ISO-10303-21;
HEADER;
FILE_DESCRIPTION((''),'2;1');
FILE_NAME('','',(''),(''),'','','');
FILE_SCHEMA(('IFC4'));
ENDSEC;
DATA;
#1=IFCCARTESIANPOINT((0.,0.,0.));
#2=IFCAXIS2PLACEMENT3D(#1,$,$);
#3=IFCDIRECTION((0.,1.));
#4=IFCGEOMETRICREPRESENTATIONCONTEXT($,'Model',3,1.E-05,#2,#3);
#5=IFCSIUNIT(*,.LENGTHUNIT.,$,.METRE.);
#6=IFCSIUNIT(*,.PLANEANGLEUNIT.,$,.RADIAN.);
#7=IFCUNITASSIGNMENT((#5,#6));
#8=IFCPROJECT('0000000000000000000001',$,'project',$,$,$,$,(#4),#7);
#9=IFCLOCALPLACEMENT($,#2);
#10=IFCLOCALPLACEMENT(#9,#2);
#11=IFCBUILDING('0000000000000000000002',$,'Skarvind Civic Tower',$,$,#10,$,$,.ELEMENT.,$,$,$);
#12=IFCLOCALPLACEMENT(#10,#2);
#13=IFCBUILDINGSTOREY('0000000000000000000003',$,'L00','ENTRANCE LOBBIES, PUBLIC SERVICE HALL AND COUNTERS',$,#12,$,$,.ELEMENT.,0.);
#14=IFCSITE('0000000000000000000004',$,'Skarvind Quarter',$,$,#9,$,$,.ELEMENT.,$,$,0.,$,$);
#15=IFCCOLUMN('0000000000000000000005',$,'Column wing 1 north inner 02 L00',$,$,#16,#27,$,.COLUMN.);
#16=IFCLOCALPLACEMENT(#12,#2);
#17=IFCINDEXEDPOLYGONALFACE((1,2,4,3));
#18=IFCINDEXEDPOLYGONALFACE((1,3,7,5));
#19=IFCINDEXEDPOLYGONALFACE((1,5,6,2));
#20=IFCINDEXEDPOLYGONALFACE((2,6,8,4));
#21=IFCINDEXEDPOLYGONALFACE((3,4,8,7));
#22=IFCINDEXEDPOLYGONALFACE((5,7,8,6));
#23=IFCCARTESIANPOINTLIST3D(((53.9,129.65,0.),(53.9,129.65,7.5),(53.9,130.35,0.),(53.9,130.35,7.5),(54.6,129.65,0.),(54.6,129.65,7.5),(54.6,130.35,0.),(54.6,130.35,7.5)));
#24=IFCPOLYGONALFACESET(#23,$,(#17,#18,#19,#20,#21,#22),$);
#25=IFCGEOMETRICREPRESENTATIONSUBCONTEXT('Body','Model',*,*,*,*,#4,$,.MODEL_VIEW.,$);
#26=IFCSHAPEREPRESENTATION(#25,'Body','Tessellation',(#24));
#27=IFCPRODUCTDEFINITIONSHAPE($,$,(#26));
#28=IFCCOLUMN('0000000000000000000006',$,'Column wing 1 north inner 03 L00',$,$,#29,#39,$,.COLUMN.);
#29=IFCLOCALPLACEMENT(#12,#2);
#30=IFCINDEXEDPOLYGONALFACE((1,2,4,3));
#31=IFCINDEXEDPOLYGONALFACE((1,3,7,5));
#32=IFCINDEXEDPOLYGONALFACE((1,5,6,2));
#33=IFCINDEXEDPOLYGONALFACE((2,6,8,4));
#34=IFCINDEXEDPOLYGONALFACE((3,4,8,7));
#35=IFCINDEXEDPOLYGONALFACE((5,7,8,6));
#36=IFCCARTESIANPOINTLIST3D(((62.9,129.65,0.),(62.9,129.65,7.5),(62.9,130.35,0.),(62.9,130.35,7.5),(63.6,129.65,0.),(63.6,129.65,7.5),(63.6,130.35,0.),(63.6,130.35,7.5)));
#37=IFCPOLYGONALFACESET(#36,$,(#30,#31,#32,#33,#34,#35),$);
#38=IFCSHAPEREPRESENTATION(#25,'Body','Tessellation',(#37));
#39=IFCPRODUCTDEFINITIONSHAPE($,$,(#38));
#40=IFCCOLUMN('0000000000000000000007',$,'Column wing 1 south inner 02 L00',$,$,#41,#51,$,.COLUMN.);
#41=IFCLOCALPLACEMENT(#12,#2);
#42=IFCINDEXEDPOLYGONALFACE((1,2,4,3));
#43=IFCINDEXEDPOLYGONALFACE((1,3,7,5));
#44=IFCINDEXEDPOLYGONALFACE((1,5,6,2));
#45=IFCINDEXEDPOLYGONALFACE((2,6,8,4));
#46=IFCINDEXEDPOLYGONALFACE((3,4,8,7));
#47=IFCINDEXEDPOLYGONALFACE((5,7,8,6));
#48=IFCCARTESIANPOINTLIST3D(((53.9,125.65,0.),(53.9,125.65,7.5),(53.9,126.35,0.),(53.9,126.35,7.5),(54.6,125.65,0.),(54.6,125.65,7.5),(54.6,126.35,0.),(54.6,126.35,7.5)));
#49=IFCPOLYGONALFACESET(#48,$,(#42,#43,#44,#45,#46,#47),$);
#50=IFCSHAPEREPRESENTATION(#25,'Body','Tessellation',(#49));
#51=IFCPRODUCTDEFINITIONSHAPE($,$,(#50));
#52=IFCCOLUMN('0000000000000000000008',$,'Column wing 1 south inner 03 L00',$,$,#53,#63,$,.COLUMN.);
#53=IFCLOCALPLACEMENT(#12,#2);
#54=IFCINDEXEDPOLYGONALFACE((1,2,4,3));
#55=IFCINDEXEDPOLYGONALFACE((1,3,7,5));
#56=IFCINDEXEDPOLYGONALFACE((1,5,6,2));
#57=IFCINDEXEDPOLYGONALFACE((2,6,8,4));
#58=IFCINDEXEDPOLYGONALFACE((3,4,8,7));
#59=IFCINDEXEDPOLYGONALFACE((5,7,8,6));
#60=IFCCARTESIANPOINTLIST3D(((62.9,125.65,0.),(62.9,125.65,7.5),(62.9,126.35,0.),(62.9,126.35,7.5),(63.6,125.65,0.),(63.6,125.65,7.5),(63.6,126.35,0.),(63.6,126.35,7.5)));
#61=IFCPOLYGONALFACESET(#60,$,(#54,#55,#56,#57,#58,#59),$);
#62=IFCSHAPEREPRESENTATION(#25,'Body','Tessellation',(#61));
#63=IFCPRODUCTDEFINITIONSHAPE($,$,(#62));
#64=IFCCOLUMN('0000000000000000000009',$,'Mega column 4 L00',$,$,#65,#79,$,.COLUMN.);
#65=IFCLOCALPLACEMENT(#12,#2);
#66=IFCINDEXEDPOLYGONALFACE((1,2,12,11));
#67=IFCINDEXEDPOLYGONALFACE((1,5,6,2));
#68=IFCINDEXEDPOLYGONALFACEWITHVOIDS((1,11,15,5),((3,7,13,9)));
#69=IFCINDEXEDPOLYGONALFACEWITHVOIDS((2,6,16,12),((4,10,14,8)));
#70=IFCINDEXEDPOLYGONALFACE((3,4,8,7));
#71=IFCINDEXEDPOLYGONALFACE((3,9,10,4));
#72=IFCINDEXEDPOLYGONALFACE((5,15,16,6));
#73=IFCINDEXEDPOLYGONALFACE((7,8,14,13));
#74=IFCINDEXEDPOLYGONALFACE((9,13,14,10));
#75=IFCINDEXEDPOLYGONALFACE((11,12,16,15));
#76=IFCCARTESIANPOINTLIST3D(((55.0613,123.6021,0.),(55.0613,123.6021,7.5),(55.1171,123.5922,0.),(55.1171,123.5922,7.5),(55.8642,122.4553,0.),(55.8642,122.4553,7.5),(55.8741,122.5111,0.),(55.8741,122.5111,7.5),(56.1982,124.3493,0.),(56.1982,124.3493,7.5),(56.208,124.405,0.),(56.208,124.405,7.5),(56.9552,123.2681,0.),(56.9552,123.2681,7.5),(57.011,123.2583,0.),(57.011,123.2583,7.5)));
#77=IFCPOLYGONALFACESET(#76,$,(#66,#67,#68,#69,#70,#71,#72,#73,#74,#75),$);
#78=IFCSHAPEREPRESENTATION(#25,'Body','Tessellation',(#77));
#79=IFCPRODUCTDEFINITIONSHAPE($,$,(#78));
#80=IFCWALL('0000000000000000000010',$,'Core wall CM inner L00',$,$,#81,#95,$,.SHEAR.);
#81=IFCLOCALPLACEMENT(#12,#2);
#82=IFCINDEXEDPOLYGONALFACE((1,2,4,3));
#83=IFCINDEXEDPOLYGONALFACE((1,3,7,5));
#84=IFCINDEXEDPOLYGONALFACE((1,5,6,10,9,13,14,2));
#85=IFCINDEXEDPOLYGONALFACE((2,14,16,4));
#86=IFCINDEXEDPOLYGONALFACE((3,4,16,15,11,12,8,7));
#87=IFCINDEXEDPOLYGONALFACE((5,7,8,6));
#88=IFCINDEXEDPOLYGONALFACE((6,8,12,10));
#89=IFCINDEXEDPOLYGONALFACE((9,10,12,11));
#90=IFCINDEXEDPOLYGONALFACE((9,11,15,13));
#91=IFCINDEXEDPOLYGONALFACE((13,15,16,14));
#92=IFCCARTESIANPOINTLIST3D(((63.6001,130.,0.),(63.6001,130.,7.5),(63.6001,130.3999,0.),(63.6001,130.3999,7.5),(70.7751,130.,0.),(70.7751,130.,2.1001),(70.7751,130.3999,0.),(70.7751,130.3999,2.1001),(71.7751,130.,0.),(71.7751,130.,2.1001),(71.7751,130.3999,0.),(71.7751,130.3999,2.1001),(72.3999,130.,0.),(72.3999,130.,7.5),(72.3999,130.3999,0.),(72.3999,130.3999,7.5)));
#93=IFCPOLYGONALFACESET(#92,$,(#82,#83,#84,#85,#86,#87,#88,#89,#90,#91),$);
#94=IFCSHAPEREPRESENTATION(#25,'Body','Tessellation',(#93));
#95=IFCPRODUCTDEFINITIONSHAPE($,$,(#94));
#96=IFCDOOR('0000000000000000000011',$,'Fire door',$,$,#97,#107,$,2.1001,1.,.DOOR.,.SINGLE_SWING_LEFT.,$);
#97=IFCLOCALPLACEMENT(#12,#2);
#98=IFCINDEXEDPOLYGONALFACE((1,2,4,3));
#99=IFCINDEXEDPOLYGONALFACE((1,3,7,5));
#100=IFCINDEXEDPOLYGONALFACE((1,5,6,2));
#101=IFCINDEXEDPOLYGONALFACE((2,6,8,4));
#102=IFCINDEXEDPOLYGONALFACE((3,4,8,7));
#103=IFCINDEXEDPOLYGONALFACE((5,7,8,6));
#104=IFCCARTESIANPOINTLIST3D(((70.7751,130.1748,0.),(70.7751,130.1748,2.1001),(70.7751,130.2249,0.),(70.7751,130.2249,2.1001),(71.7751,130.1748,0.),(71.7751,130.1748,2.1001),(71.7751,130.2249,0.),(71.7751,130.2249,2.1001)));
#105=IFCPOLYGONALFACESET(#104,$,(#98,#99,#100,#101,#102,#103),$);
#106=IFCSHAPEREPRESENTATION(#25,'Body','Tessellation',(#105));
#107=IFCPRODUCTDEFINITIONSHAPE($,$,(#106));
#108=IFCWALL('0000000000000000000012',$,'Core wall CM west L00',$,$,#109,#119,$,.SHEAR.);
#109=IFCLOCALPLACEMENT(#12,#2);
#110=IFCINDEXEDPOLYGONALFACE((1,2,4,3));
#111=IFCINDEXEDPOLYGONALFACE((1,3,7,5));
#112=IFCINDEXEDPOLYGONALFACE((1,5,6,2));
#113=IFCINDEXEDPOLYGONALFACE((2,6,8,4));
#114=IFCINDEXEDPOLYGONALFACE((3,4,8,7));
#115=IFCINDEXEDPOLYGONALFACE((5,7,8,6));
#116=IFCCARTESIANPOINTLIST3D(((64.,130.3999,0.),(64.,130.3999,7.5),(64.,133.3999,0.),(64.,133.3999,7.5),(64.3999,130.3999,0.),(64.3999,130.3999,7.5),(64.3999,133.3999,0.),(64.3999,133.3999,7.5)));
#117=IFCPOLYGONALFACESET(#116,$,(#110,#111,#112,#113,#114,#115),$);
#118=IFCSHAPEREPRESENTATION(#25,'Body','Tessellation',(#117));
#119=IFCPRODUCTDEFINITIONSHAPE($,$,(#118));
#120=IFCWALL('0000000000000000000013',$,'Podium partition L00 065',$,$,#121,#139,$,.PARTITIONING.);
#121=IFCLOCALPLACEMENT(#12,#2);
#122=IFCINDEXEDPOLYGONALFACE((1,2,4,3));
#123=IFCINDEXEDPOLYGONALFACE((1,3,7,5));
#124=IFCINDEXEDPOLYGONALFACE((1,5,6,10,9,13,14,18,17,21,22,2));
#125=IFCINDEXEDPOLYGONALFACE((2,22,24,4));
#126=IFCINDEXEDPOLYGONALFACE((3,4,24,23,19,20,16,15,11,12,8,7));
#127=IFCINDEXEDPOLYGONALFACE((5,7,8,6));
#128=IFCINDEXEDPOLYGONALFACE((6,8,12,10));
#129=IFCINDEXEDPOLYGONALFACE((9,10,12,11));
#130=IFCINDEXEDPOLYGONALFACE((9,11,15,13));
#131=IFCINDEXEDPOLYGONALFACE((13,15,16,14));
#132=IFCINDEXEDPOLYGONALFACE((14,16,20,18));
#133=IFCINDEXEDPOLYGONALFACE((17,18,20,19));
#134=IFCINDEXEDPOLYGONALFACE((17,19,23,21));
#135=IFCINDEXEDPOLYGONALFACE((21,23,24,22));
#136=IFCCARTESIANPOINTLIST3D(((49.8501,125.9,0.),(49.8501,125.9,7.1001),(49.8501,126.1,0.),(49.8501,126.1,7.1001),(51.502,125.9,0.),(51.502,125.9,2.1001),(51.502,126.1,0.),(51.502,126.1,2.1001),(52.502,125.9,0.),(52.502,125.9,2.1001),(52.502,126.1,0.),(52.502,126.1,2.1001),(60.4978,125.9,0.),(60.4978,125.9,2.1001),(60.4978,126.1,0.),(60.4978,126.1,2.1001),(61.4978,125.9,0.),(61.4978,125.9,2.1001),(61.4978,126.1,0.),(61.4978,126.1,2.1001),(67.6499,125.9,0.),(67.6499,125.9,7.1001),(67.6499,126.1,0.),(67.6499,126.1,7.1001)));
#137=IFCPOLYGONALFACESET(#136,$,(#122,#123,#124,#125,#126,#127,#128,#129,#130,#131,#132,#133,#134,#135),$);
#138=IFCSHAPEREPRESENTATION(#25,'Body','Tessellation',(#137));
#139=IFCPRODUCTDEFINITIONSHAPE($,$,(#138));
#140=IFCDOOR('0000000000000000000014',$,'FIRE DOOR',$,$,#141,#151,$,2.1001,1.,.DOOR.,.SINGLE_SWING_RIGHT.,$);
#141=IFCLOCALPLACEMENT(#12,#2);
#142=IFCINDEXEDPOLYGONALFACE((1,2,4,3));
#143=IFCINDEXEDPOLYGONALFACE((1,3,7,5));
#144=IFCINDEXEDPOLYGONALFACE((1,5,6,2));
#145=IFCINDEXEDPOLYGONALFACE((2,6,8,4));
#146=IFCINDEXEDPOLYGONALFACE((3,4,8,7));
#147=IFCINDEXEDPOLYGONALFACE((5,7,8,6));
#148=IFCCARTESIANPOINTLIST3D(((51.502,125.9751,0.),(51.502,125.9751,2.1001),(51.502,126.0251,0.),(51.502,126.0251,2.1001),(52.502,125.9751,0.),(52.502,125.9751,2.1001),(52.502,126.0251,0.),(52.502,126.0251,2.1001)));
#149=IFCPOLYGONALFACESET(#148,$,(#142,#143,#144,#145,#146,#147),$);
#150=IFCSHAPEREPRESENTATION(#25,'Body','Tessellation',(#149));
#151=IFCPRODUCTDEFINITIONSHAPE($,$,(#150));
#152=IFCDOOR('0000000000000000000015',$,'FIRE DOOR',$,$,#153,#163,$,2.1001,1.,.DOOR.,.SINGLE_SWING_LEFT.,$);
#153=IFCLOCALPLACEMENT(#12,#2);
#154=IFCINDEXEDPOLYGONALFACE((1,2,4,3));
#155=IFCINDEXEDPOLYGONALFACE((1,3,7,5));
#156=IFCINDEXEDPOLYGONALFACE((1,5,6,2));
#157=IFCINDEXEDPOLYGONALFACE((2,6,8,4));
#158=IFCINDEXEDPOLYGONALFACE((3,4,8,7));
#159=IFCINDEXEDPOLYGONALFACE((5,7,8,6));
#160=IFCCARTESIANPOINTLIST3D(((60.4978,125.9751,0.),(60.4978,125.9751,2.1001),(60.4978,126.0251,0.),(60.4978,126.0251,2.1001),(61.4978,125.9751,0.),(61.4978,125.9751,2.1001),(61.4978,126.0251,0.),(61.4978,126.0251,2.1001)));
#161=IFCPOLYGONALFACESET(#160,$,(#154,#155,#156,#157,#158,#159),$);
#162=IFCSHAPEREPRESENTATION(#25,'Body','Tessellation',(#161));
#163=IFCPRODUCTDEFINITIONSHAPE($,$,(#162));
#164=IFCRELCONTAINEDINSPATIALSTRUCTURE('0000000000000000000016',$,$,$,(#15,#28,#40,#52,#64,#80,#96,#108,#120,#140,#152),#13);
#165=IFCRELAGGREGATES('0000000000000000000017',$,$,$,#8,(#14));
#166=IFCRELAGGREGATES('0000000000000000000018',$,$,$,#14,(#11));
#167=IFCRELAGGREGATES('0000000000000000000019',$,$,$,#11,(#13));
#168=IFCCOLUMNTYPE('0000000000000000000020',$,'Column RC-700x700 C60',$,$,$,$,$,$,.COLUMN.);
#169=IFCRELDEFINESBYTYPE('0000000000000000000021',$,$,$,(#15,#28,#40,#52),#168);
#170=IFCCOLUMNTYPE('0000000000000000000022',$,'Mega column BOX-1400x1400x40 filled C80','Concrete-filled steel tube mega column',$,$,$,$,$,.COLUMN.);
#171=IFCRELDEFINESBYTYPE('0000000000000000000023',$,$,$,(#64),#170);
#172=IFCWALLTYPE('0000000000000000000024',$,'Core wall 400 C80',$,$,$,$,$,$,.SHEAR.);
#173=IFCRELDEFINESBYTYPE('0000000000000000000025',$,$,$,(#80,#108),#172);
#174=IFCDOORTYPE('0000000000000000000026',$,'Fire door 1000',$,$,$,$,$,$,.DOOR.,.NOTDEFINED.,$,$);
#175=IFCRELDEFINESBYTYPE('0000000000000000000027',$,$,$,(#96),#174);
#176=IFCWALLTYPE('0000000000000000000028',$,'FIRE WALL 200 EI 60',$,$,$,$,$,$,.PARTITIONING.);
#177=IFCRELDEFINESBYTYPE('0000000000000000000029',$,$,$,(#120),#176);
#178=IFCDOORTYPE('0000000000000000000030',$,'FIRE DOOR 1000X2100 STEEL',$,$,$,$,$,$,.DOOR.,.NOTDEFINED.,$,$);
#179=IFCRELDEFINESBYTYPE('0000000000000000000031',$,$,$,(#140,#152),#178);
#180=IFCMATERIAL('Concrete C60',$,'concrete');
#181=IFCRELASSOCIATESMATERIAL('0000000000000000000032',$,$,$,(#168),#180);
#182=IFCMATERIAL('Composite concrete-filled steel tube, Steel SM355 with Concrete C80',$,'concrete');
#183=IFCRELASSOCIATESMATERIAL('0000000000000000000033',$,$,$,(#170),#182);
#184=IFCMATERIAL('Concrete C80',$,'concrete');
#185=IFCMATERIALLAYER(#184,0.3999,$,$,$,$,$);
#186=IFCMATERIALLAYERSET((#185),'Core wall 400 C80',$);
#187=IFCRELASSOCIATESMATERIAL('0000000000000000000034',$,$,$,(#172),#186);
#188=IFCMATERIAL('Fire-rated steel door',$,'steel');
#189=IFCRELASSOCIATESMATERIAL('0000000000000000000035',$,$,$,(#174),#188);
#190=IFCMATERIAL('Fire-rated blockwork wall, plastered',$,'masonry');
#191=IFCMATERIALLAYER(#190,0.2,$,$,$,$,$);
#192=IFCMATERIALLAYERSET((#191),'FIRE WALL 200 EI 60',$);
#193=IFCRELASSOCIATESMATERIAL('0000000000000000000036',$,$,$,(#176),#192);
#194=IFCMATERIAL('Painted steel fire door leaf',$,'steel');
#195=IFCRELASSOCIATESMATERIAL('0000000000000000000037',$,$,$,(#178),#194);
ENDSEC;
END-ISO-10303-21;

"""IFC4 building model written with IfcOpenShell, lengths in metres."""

from ifc_helpers import new_model, si_unit, direction, frame, frame_2d, origin, origin_2d, place, context, subcontext, project, spatial, rectangle, hollow_rectangle, extrude, material, layer, layer_set, material_profile, profile_set, type_object, element, fill, save


model = new_model("IFC4")

# Units and contexts
model_context = context("Model", 3, precision=1e-05, world=origin(), true_north=direction((0.0, 1.0)))
body_context = subcontext(model_context, "Body", "Model", "MODEL_VIEW")
ifc_project = project(units=[si_unit("LENGTHUNIT", "METRE"), si_unit("PLANEANGLEUNIT", "RADIAN")], contexts=[model_context])

# Site, building, storey
site_placement = place(None, origin())
site = spatial("IfcSite", under=ifc_project, at=site_placement, Name="Skarvind Quarter", CompositionType="ELEMENT", RefElevation=0.0)
building_placement = place(site_placement, origin())
building = spatial("IfcBuilding", under=site, at=building_placement, Name="Skarvind Civic Tower", CompositionType="ELEMENT")
storey_placement = place(building_placement, origin())
storey = spatial("IfcBuildingStorey", under=building, at=storey_placement, Name="L00", Description="ENTRANCE LOBBIES, PUBLIC SERVICE HALL AND COUNTERS", CompositionType="ELEMENT", Elevation=0.0)

# Columns
ifc_material_1 = material(Name="Concrete C60", Category="concrete")
ifc_material_profile_1 = material_profile(ifc_material_1, rectangle(XDim=0.7, YDim=0.7, at=origin_2d()), Name="RC-700x700")
ifc_profile_set_1 = profile_set([ifc_material_profile_1], Name="Concrete C60")
column_type_1 = type_object("IfcColumnType", Name="Column RC-700x700 C60", PredefinedType="COLUMN", material=ifc_profile_set_1)
for number, where, z_axis, x_axis, name in (
    (1, (54.25, 130.0, 0.0), (0.0, 0.0, 1.0), (1.0, 0.0, 0.0), "Column wing 1 north inner 02 L00"),
    (2, (63.25, 130.0, 0.0), (0.0, 0.0, 1.0), (1.0, 0.0, 0.0), "Column wing 1 north inner 03 L00"),
    (3, (54.25, 126.0, 0.0), (0.0, 0.0, 1.0), (1.0, 0.0, 0.0), "Column wing 1 south inner 02 L00"),
    (4, (63.25, 126.0, 0.0), (0.0, 0.0, 1.0), (1.0, 0.0, 0.0), "Column wing 1 south inner 03 L00"),
):
    element("IfcColumn", number, at=place(storey_placement, frame(where, z_axis=z_axis, x_axis=x_axis)), inside=storey, type_object=column_type_1, Name=name, PredefinedType="COLUMN", context=body_context, shape_type="SweptSolid", body=[
        extrude(rectangle(XDim=0.7, YDim=0.7, at=origin_2d()), origin(), (0.0, 0.0, 1.0), 7.5),
    ])
ifc_material_2 = material(Name="Composite concrete-filled steel tube, Steel SM355 with Concrete C80", Category="concrete")
ifc_material_profile_2 = material_profile(ifc_material_2, hollow_rectangle(XDim=1.3999, YDim=1.3999, WallThickness=0.04, at=origin_2d()), Name="BOX-1400x1400x40")
ifc_profile_set_2 = profile_set([ifc_material_profile_2], Name="Composite concrete-filled steel tube, Steel SM355 with Concrete C80")
column_type_2 = type_object("IfcColumnType", Name="Mega column BOX-1400x1400x40 filled C80", Description="Concrete-filled steel tube mega column", PredefinedType="COLUMN", material=ifc_profile_set_2)
column_placement = place(storey_placement, frame((56.0361, 123.4302, 0.0), z_axis=(0.0, 0.0, 1.0), x_axis=(0.573576, -0.819152, 0.0)))
element("IfcColumn", 5, at=column_placement, inside=storey, type_object=column_type_2, Name="Mega column 4 L00", PredefinedType="COLUMN", context=body_context, shape_type="SweptSolid", body=[
    extrude(hollow_rectangle(XDim=1.3999, YDim=1.3999, WallThickness=0.04, at=origin_2d()), origin(), (0.0, 0.0, 1.0), 7.5),
])

# Wall, opening, door
ifc_material_3 = material(Name="Concrete C80", Category="concrete")
ifc_layer_1 = layer(ifc_material_3, 0.3999)
ifc_layer_set_1 = layer_set([ifc_layer_1], Name="Core wall 400 C80")
wall_type_1 = type_object("IfcWallType", Name="Core wall 400 C80", PredefinedType="SHEAR", material=ifc_layer_set_1)
wall_1_placement = place(storey_placement, frame((63.6001, 130.2, 0.0), z_axis=(0.0, 0.0, 1.0), x_axis=(1.0, 0.0, 0.0)))
wall_1 = element("IfcWall", 6, at=wall_1_placement, inside=storey, type_object=wall_type_1, Name="Core wall CM inner L00", PredefinedType="SHEAR", context=body_context, shape_type="SweptSolid", body=[
    extrude(rectangle(XDim=8.7998, YDim=0.3999, at=frame_2d((4.3999, 0.0))), origin(), (0.0, 0.0, 1.0), 7.5),
])
opening_1_placement = place(wall_1_placement, frame((7.175, 0.0, 0.0)))
opening_1 = element("IfcOpeningElement", 7, at=opening_1_placement, cuts=wall_1, PredefinedType="OPENING", context=body_context, shape_type="SweptSolid", body=[
    extrude(rectangle(XDim=1.0, YDim=2.1001, at=frame_2d((0.5, 1.05))), frame((0.0, 0.21, 0.0), z_axis=(0.0, -1.0, 0.0), x_axis=(1.0, 0.0, 0.0)), (0.0, 0.0, 1.0), 0.4199),
])
ifc_material_4 = material(Name="Fire-rated steel door", Category="steel")
door_type_1 = type_object("IfcDoorType", Name="Fire door 1000", OperationType="NOTDEFINED", PredefinedType="DOOR", material=ifc_material_4)
door_1_placement = place(opening_1_placement, origin())
door_1 = element("IfcDoor", 8, at=door_1_placement, inside=storey, type_object=door_type_1, Name="Fire door", OperationType="SINGLE_SWING_LEFT", OverallHeight=2.1001, OverallWidth=1.0, PredefinedType="DOOR", context=body_context, shape_type="SweptSolid", body=[
    extrude(rectangle(XDim=1.0, YDim=2.1001, at=frame_2d((0.5, 1.05))), frame((0.0, 0.0249, 0.0), z_axis=(0.0, -1.0, 0.0), x_axis=(1.0, 0.0, 0.0)), (0.0, 0.0, 1.0), 0.05),
])
fill(opening_1, door_1)

# Wall
wall_2_placement = place(storey_placement, frame((64.2, 130.3999, 0.0), z_axis=(0.0, 0.0, 1.0), x_axis=(0.0, 1.0, 0.0)))
element("IfcWall", 9, at=wall_2_placement, inside=storey, type_object=wall_type_1, Name="Core wall CM west L00", PredefinedType="SHEAR", context=body_context, shape_type="SweptSolid", body=[
    extrude(rectangle(XDim=3.0, YDim=0.3999, at=frame_2d((1.5, 0.0))), origin(), (0.0, 0.0, 1.0), 7.5),
])

# Wall, openings, doors
ifc_material_5 = material(Name="Fire-rated blockwork wall, plastered", Category="masonry")
ifc_layer_2 = layer(ifc_material_5, 0.2)
ifc_layer_set_2 = layer_set([ifc_layer_2], Name="FIRE WALL 200 EI 60")
wall_type_2 = type_object("IfcWallType", Name="FIRE WALL 200 EI 60", PredefinedType="PARTITIONING", material=ifc_layer_set_2)
wall_3_placement = place(storey_placement, frame((67.6499, 126.0, 0.0), z_axis=(0.0, 0.0, 1.0), x_axis=(-1.0, 0.0, 0.0)))
wall_3 = element("IfcWall", 10, at=wall_3_placement, inside=storey, type_object=wall_type_2, Name="Podium partition L00 065", PredefinedType="PARTITIONING", context=body_context, shape_type="SweptSolid", body=[
    extrude(rectangle(XDim=17.7998, YDim=0.2, at=frame_2d((8.8999, 0.0))), origin(), (0.0, 0.0, 1.0), 7.1001),
])
opening_2_placement = place(wall_3_placement, frame((15.1479, 0.0, 0.0)))
opening_2 = element("IfcOpeningElement", 11, at=opening_2_placement, cuts=wall_3, PredefinedType="OPENING", context=body_context, shape_type="SweptSolid", body=[
    extrude(rectangle(XDim=1.0, YDim=2.1001, at=frame_2d((0.5, 1.05))), frame((0.0, 0.1099, 0.0), z_axis=(0.0, -1.0, 0.0), x_axis=(1.0, 0.0, 0.0)), (0.0, 0.0, 1.0), 0.22),
])
opening_3_placement = place(wall_3_placement, frame((6.1521, 0.0, 0.0)))
opening_3 = element("IfcOpeningElement", 12, at=opening_3_placement, cuts=wall_3, PredefinedType="OPENING", context=body_context, shape_type="SweptSolid", body=[
    extrude(rectangle(XDim=1.0, YDim=2.1001, at=frame_2d((0.5, 1.05))), frame((0.0, 0.1099, 0.0), z_axis=(0.0, -1.0, 0.0), x_axis=(1.0, 0.0, 0.0)), (0.0, 0.0, 1.0), 0.22),
])
ifc_material_6 = material(Name="Painted steel fire door leaf", Category="steel")
door_type_2 = type_object("IfcDoorType", Name="FIRE DOOR 1000X2100 STEEL", OperationType="NOTDEFINED", PredefinedType="DOOR", material=ifc_material_6)
door_2_placement = place(opening_2_placement, origin())
door_2 = element("IfcDoor", 13, at=door_2_placement, inside=storey, type_object=door_type_2, Name="FIRE DOOR", OperationType="SINGLE_SWING_RIGHT", OverallHeight=2.1001, OverallWidth=1.0, PredefinedType="DOOR", context=body_context, shape_type="SweptSolid", body=[
    extrude(rectangle(XDim=1.0, YDim=2.1001, at=frame_2d((0.5, 1.05))), frame((0.0, 0.0249, 0.0), z_axis=(0.0, -1.0, 0.0), x_axis=(1.0, 0.0, 0.0)), (0.0, 0.0, 1.0), 0.05),
])
fill(opening_2, door_2)
door_3_placement = place(opening_3_placement, origin())
door_3 = element("IfcDoor", 14, at=door_3_placement, inside=storey, type_object=door_type_2, Name="FIRE DOOR", OperationType="SINGLE_SWING_LEFT", OverallHeight=2.1001, OverallWidth=1.0, PredefinedType="DOOR", context=body_context, shape_type="SweptSolid", body=[
    extrude(rectangle(XDim=1.0, YDim=2.1001, at=frame_2d((0.5, 1.05))), frame((0.0, 0.0249, 0.0), z_axis=(0.0, -1.0, 0.0), x_axis=(1.0, 0.0, 0.0)), (0.0, 0.0, 1.0), 0.05),
])
fill(opening_3, door_3)

save(model, "model.ifc")
